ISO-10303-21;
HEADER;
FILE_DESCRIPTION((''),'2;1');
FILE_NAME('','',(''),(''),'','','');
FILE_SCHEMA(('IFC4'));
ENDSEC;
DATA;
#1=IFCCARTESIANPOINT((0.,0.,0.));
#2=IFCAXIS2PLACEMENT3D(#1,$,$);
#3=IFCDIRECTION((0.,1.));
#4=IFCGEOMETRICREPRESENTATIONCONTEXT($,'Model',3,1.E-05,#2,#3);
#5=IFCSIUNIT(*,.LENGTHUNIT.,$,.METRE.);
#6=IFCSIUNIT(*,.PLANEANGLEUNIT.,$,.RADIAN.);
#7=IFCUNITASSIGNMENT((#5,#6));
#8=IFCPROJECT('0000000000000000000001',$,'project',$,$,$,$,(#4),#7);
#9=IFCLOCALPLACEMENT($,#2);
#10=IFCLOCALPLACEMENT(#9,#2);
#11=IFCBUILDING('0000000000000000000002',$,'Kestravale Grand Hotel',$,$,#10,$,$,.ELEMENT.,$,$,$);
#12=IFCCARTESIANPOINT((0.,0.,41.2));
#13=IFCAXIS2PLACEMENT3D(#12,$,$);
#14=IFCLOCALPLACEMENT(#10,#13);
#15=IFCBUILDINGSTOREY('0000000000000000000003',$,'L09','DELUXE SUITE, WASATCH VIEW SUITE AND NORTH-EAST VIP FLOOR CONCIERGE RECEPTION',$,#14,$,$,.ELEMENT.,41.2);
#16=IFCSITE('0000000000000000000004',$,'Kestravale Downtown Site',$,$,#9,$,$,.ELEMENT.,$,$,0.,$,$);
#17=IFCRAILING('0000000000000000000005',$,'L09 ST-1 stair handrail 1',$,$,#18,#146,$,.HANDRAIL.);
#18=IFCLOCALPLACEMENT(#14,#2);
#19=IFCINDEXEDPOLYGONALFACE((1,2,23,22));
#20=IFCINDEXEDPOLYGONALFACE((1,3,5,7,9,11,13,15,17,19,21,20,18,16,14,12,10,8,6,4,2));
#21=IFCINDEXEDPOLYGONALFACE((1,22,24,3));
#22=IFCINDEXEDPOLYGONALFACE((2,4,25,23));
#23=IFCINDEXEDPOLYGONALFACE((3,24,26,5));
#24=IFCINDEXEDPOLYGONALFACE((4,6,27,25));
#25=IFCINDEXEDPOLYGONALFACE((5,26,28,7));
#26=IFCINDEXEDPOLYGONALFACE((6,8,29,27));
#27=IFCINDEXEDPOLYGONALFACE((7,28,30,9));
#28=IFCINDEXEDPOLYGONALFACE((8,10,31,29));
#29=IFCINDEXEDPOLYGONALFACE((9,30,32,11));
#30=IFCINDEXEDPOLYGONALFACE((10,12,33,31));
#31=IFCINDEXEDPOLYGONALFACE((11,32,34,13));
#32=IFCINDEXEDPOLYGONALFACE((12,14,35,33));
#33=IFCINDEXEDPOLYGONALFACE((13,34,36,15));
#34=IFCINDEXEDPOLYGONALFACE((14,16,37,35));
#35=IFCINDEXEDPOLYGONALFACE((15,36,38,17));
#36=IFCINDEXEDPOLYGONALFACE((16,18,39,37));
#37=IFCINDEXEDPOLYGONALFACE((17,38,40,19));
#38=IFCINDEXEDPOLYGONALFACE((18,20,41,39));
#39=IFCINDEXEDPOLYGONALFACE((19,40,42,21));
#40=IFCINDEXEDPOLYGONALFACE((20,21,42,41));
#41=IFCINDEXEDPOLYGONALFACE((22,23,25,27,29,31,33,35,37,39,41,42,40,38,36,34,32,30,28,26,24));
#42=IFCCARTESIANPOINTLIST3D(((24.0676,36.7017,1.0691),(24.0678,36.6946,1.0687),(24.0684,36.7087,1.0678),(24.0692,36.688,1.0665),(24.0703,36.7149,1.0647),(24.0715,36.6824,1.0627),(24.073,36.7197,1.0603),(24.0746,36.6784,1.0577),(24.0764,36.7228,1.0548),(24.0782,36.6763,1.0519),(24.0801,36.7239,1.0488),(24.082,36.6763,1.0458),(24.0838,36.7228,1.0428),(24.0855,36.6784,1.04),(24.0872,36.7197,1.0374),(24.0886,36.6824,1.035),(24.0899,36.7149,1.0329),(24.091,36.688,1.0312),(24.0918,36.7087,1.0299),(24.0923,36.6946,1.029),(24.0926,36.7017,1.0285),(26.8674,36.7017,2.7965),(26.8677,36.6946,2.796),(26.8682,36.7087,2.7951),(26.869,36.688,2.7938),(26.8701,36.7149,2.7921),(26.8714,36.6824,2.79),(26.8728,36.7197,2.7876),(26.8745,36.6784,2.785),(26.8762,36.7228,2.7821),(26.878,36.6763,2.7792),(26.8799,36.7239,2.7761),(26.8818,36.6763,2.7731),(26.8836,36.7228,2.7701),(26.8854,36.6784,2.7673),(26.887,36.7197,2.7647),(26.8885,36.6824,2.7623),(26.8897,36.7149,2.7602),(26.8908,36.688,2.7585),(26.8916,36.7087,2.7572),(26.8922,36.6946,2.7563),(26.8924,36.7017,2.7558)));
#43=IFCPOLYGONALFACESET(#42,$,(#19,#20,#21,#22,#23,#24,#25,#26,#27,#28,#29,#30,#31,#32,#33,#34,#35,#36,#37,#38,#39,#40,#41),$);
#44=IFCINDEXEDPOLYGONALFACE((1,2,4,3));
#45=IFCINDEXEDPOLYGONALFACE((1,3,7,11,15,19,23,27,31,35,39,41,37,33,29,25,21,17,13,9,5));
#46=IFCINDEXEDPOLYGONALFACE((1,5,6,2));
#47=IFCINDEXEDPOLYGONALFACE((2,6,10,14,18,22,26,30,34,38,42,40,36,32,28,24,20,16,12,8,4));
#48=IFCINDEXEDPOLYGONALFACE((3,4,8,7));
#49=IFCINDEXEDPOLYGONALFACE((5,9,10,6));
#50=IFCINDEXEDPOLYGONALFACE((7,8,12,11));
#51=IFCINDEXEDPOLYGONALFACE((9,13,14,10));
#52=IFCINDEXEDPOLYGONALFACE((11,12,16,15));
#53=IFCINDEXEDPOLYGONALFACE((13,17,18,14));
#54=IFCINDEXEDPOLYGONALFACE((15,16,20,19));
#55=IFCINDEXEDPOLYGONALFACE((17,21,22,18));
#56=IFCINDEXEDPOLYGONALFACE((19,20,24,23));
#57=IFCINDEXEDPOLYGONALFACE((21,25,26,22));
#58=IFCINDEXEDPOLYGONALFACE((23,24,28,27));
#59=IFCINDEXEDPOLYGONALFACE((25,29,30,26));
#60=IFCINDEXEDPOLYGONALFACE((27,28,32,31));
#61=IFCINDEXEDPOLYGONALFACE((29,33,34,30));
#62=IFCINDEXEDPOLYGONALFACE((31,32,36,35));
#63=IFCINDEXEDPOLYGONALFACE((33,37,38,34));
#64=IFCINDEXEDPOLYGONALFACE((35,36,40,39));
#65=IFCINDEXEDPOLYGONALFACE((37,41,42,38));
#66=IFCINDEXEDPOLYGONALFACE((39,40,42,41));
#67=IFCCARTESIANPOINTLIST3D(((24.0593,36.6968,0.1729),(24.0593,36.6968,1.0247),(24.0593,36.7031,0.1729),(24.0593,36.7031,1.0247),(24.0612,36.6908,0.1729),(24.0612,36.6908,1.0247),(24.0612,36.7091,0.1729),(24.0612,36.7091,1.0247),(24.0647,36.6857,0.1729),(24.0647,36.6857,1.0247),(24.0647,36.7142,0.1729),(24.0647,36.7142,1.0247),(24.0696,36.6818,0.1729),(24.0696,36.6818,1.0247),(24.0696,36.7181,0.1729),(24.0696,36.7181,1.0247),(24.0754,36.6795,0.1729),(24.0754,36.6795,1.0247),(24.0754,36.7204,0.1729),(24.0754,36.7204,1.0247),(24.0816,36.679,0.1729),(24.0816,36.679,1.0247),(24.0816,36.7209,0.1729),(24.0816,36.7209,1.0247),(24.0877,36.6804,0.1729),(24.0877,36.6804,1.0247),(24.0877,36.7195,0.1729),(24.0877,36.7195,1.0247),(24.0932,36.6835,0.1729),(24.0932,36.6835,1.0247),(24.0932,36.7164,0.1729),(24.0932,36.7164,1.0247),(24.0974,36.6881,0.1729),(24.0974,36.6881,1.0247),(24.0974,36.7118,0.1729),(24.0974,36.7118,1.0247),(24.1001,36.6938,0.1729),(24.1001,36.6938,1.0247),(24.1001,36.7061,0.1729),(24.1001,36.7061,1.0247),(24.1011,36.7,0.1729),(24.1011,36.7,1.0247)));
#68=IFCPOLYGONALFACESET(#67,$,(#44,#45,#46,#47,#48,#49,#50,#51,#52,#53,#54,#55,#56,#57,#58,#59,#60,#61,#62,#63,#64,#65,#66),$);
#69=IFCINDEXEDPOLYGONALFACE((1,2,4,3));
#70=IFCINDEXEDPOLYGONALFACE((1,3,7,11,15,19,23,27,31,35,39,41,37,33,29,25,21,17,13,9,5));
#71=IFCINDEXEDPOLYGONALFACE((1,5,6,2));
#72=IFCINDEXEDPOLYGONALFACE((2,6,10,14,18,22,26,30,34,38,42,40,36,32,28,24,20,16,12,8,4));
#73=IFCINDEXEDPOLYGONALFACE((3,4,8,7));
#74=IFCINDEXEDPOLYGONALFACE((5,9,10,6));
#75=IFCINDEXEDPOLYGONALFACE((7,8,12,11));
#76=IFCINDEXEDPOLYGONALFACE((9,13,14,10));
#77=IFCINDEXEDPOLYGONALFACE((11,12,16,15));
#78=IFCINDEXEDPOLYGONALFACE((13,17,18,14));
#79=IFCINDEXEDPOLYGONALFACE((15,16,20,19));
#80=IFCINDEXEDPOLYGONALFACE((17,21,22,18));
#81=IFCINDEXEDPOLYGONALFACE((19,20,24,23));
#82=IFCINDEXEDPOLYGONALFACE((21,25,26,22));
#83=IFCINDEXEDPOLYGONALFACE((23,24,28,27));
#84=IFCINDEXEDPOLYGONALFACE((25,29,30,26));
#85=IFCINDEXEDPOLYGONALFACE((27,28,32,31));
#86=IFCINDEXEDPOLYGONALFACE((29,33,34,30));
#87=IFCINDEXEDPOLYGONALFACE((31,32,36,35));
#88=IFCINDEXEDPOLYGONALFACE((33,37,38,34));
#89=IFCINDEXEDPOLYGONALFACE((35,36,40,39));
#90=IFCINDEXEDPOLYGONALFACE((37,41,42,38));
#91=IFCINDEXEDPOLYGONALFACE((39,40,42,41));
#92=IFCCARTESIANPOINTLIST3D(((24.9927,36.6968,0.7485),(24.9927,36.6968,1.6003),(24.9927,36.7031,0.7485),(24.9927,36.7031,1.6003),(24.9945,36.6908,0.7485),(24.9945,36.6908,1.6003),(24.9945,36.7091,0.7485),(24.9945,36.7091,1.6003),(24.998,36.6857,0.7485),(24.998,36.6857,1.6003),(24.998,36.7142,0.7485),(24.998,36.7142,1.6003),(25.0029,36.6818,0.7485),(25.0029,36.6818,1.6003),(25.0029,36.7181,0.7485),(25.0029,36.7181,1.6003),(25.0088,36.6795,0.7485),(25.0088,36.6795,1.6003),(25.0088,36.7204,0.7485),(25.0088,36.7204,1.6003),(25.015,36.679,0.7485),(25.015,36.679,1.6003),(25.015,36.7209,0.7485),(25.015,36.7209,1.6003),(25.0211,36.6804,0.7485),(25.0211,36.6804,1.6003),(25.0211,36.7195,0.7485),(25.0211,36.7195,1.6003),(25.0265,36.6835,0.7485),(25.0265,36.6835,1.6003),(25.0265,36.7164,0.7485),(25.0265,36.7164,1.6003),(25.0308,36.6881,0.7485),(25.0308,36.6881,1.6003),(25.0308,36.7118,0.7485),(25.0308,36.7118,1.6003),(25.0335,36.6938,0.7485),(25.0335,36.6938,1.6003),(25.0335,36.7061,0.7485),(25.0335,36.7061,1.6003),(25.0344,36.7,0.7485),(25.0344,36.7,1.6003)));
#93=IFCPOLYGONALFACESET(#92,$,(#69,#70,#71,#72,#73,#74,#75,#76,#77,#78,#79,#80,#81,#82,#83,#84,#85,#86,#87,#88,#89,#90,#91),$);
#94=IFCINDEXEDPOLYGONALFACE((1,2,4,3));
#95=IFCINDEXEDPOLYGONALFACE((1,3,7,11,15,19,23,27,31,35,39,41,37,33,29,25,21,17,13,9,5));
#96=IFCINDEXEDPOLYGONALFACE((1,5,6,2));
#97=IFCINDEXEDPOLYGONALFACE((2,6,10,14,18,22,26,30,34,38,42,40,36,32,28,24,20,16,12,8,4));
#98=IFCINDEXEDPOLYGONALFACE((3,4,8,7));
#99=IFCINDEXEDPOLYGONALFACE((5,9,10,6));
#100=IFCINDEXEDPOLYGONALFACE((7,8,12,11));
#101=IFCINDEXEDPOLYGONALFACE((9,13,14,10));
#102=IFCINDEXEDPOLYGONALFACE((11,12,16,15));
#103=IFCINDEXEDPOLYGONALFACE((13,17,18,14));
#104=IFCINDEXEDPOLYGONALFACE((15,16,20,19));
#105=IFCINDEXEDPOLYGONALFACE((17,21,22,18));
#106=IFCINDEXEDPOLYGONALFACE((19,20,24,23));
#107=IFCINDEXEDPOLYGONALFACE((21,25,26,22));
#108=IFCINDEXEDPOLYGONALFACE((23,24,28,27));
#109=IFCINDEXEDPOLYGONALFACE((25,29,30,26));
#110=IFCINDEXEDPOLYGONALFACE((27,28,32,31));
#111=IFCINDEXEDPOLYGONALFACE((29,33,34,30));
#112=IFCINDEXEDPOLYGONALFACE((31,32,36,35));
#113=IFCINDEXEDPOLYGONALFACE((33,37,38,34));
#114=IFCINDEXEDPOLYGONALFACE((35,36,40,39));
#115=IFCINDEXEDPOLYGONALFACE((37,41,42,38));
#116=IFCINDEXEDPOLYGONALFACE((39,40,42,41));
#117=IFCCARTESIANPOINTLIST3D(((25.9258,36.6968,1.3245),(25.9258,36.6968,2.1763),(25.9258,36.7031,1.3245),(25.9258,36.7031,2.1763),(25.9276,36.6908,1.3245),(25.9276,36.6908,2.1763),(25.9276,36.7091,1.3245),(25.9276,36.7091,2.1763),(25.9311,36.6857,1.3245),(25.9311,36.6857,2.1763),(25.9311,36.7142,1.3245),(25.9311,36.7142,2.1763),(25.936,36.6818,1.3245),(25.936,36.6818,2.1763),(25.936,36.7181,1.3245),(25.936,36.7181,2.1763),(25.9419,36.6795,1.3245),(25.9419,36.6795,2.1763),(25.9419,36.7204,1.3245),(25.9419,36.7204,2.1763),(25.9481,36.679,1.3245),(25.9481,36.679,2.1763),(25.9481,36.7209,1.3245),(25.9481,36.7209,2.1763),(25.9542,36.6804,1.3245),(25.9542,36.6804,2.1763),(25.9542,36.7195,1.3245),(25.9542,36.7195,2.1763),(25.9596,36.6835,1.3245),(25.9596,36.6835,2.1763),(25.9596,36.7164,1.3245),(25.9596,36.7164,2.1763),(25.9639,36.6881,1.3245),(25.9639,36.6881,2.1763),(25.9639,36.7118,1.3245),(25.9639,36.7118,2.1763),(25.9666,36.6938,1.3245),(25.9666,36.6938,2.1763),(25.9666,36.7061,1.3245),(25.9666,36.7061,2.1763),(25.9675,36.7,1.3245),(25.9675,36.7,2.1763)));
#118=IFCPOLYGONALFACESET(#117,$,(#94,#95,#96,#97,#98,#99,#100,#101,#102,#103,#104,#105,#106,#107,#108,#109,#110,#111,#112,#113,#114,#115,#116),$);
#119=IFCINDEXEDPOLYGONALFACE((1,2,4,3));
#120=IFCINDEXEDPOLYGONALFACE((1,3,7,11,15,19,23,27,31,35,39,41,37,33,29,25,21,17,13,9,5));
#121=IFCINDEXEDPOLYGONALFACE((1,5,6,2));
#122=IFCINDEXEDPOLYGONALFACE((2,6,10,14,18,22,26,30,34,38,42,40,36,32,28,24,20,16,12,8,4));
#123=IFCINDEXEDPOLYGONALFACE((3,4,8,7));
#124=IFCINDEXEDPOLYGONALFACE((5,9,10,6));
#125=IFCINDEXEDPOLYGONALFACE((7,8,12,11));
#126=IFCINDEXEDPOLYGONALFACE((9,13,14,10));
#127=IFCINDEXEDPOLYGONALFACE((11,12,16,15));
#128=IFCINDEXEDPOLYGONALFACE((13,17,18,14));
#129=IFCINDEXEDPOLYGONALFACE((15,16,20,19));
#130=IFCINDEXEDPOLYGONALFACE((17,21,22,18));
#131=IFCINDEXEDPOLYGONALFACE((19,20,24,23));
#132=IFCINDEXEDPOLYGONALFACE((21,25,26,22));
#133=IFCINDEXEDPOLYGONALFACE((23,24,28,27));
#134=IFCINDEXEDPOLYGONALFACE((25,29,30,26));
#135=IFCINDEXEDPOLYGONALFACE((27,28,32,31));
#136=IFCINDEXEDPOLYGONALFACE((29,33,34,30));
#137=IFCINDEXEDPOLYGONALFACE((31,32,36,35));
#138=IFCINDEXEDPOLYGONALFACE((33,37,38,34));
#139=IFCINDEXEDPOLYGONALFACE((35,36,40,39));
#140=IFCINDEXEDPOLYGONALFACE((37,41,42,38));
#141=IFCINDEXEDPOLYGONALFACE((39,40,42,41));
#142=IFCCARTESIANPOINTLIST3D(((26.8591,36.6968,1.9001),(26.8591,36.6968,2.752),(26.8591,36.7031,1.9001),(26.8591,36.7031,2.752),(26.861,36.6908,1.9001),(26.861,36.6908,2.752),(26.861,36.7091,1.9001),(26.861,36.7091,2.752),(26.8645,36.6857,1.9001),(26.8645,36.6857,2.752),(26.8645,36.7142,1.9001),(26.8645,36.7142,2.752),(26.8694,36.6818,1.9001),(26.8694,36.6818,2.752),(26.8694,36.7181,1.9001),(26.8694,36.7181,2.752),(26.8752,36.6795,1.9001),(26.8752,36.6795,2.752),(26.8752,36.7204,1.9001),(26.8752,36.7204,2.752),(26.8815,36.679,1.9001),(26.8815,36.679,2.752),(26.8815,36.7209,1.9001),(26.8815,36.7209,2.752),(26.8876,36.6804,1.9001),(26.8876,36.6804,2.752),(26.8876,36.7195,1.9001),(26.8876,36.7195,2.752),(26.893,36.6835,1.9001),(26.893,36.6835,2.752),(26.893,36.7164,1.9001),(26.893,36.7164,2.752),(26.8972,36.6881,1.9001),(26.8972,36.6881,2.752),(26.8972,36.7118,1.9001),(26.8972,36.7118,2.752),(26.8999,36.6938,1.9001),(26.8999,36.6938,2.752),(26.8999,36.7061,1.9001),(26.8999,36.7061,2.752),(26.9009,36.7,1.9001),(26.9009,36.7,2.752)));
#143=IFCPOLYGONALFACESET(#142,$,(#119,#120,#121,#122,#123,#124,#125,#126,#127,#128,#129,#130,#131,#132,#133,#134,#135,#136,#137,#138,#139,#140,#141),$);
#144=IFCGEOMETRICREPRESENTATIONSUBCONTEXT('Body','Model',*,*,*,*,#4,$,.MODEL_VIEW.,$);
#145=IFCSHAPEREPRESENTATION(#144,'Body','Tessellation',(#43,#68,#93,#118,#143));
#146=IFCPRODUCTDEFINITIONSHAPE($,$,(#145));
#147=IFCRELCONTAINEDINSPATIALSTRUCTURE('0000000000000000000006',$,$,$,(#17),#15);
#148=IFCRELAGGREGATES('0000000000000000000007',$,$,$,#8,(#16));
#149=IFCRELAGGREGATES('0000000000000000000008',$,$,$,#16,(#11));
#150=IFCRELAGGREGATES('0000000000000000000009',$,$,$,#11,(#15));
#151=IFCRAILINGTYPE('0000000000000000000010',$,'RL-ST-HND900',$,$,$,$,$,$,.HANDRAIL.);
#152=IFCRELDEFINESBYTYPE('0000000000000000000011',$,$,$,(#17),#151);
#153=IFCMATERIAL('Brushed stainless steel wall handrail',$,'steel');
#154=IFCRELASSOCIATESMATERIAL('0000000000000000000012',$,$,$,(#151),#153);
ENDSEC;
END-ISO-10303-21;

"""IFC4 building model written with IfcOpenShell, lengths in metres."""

from ifc_helpers import new_model, si_unit, direction, frame, origin, origin_2d, place, context, subcontext, project, spatial, circle, extrude, material, type_object, element, save


model = new_model("IFC4")

# Units and contexts
model_context = context("Model", 3, precision=1e-05, world=origin(), true_north=direction((0.0, 1.0)))
body_context = subcontext(model_context, "Body", "Model", "MODEL_VIEW")
ifc_project = project(units=[si_unit("LENGTHUNIT", "METRE"), si_unit("PLANEANGLEUNIT", "RADIAN")], contexts=[model_context])

# Site, building, storey
site_placement = place(None, origin())
site = spatial("IfcSite", under=ifc_project, at=site_placement, Name="Kestravale Downtown Site", CompositionType="ELEMENT", RefElevation=0.0)
building_placement = place(site_placement, origin())
building = spatial("IfcBuilding", under=site, at=building_placement, Name="Kestravale Grand Hotel", CompositionType="ELEMENT")
storey_placement = place(building_placement, frame((0.0, 0.0, 41.2)))
storey = spatial("IfcBuildingStorey", under=building, at=storey_placement, Name="L09", Description="DELUXE SUITE, WASATCH VIEW SUITE AND NORTH-EAST VIP FLOOR CONCIERGE RECEPTION", CompositionType="ELEMENT", Elevation=41.2)

# Railing
ifc_material_1 = material(Name="Brushed stainless steel wall handrail", Category="steel")
railing_type_1 = type_object("IfcRailingType", Name="RL-ST-HND900", PredefinedType="HANDRAIL", material=ifc_material_1)
railing_1_placement = place(storey_placement, frame((24.0801, 36.7, 0.1729)))
element("IfcRailing", 1, at=railing_1_placement, inside=storey, type_object=railing_type_1, Name="L09 ST-1 stair handrail 1", PredefinedType="HANDRAIL", context=body_context, shape_type="SweptSolid", body=[
    extrude(circle(Radius=0.0239, at=origin_2d()), frame((0.0, 0.0, 0.876), z_axis=(0.851069, 0.0, 0.525054), x_axis=(0.0, 1.0, 0.0)), (0.0, 0.0, 1.0), 3.2898),
    extrude(circle(Radius=0.021, at=origin_2d()), origin(), (0.0, 0.0, 1.0), 0.8518),
    extrude(circle(Radius=0.021, at=origin_2d()), frame((0.9333, 0.0, 0.5757)), (0.0, 0.0, 1.0), 0.8518),
    extrude(circle(Radius=0.021, at=origin_2d()), frame((1.8665, 0.0, 1.1516)), (0.0, 0.0, 1.0), 0.8518),
    extrude(circle(Radius=0.021, at=origin_2d()), frame((2.7998, 0.0, 1.7273)), (0.0, 0.0, 1.0), 0.8518),
])

save(model, "model.ifc")
